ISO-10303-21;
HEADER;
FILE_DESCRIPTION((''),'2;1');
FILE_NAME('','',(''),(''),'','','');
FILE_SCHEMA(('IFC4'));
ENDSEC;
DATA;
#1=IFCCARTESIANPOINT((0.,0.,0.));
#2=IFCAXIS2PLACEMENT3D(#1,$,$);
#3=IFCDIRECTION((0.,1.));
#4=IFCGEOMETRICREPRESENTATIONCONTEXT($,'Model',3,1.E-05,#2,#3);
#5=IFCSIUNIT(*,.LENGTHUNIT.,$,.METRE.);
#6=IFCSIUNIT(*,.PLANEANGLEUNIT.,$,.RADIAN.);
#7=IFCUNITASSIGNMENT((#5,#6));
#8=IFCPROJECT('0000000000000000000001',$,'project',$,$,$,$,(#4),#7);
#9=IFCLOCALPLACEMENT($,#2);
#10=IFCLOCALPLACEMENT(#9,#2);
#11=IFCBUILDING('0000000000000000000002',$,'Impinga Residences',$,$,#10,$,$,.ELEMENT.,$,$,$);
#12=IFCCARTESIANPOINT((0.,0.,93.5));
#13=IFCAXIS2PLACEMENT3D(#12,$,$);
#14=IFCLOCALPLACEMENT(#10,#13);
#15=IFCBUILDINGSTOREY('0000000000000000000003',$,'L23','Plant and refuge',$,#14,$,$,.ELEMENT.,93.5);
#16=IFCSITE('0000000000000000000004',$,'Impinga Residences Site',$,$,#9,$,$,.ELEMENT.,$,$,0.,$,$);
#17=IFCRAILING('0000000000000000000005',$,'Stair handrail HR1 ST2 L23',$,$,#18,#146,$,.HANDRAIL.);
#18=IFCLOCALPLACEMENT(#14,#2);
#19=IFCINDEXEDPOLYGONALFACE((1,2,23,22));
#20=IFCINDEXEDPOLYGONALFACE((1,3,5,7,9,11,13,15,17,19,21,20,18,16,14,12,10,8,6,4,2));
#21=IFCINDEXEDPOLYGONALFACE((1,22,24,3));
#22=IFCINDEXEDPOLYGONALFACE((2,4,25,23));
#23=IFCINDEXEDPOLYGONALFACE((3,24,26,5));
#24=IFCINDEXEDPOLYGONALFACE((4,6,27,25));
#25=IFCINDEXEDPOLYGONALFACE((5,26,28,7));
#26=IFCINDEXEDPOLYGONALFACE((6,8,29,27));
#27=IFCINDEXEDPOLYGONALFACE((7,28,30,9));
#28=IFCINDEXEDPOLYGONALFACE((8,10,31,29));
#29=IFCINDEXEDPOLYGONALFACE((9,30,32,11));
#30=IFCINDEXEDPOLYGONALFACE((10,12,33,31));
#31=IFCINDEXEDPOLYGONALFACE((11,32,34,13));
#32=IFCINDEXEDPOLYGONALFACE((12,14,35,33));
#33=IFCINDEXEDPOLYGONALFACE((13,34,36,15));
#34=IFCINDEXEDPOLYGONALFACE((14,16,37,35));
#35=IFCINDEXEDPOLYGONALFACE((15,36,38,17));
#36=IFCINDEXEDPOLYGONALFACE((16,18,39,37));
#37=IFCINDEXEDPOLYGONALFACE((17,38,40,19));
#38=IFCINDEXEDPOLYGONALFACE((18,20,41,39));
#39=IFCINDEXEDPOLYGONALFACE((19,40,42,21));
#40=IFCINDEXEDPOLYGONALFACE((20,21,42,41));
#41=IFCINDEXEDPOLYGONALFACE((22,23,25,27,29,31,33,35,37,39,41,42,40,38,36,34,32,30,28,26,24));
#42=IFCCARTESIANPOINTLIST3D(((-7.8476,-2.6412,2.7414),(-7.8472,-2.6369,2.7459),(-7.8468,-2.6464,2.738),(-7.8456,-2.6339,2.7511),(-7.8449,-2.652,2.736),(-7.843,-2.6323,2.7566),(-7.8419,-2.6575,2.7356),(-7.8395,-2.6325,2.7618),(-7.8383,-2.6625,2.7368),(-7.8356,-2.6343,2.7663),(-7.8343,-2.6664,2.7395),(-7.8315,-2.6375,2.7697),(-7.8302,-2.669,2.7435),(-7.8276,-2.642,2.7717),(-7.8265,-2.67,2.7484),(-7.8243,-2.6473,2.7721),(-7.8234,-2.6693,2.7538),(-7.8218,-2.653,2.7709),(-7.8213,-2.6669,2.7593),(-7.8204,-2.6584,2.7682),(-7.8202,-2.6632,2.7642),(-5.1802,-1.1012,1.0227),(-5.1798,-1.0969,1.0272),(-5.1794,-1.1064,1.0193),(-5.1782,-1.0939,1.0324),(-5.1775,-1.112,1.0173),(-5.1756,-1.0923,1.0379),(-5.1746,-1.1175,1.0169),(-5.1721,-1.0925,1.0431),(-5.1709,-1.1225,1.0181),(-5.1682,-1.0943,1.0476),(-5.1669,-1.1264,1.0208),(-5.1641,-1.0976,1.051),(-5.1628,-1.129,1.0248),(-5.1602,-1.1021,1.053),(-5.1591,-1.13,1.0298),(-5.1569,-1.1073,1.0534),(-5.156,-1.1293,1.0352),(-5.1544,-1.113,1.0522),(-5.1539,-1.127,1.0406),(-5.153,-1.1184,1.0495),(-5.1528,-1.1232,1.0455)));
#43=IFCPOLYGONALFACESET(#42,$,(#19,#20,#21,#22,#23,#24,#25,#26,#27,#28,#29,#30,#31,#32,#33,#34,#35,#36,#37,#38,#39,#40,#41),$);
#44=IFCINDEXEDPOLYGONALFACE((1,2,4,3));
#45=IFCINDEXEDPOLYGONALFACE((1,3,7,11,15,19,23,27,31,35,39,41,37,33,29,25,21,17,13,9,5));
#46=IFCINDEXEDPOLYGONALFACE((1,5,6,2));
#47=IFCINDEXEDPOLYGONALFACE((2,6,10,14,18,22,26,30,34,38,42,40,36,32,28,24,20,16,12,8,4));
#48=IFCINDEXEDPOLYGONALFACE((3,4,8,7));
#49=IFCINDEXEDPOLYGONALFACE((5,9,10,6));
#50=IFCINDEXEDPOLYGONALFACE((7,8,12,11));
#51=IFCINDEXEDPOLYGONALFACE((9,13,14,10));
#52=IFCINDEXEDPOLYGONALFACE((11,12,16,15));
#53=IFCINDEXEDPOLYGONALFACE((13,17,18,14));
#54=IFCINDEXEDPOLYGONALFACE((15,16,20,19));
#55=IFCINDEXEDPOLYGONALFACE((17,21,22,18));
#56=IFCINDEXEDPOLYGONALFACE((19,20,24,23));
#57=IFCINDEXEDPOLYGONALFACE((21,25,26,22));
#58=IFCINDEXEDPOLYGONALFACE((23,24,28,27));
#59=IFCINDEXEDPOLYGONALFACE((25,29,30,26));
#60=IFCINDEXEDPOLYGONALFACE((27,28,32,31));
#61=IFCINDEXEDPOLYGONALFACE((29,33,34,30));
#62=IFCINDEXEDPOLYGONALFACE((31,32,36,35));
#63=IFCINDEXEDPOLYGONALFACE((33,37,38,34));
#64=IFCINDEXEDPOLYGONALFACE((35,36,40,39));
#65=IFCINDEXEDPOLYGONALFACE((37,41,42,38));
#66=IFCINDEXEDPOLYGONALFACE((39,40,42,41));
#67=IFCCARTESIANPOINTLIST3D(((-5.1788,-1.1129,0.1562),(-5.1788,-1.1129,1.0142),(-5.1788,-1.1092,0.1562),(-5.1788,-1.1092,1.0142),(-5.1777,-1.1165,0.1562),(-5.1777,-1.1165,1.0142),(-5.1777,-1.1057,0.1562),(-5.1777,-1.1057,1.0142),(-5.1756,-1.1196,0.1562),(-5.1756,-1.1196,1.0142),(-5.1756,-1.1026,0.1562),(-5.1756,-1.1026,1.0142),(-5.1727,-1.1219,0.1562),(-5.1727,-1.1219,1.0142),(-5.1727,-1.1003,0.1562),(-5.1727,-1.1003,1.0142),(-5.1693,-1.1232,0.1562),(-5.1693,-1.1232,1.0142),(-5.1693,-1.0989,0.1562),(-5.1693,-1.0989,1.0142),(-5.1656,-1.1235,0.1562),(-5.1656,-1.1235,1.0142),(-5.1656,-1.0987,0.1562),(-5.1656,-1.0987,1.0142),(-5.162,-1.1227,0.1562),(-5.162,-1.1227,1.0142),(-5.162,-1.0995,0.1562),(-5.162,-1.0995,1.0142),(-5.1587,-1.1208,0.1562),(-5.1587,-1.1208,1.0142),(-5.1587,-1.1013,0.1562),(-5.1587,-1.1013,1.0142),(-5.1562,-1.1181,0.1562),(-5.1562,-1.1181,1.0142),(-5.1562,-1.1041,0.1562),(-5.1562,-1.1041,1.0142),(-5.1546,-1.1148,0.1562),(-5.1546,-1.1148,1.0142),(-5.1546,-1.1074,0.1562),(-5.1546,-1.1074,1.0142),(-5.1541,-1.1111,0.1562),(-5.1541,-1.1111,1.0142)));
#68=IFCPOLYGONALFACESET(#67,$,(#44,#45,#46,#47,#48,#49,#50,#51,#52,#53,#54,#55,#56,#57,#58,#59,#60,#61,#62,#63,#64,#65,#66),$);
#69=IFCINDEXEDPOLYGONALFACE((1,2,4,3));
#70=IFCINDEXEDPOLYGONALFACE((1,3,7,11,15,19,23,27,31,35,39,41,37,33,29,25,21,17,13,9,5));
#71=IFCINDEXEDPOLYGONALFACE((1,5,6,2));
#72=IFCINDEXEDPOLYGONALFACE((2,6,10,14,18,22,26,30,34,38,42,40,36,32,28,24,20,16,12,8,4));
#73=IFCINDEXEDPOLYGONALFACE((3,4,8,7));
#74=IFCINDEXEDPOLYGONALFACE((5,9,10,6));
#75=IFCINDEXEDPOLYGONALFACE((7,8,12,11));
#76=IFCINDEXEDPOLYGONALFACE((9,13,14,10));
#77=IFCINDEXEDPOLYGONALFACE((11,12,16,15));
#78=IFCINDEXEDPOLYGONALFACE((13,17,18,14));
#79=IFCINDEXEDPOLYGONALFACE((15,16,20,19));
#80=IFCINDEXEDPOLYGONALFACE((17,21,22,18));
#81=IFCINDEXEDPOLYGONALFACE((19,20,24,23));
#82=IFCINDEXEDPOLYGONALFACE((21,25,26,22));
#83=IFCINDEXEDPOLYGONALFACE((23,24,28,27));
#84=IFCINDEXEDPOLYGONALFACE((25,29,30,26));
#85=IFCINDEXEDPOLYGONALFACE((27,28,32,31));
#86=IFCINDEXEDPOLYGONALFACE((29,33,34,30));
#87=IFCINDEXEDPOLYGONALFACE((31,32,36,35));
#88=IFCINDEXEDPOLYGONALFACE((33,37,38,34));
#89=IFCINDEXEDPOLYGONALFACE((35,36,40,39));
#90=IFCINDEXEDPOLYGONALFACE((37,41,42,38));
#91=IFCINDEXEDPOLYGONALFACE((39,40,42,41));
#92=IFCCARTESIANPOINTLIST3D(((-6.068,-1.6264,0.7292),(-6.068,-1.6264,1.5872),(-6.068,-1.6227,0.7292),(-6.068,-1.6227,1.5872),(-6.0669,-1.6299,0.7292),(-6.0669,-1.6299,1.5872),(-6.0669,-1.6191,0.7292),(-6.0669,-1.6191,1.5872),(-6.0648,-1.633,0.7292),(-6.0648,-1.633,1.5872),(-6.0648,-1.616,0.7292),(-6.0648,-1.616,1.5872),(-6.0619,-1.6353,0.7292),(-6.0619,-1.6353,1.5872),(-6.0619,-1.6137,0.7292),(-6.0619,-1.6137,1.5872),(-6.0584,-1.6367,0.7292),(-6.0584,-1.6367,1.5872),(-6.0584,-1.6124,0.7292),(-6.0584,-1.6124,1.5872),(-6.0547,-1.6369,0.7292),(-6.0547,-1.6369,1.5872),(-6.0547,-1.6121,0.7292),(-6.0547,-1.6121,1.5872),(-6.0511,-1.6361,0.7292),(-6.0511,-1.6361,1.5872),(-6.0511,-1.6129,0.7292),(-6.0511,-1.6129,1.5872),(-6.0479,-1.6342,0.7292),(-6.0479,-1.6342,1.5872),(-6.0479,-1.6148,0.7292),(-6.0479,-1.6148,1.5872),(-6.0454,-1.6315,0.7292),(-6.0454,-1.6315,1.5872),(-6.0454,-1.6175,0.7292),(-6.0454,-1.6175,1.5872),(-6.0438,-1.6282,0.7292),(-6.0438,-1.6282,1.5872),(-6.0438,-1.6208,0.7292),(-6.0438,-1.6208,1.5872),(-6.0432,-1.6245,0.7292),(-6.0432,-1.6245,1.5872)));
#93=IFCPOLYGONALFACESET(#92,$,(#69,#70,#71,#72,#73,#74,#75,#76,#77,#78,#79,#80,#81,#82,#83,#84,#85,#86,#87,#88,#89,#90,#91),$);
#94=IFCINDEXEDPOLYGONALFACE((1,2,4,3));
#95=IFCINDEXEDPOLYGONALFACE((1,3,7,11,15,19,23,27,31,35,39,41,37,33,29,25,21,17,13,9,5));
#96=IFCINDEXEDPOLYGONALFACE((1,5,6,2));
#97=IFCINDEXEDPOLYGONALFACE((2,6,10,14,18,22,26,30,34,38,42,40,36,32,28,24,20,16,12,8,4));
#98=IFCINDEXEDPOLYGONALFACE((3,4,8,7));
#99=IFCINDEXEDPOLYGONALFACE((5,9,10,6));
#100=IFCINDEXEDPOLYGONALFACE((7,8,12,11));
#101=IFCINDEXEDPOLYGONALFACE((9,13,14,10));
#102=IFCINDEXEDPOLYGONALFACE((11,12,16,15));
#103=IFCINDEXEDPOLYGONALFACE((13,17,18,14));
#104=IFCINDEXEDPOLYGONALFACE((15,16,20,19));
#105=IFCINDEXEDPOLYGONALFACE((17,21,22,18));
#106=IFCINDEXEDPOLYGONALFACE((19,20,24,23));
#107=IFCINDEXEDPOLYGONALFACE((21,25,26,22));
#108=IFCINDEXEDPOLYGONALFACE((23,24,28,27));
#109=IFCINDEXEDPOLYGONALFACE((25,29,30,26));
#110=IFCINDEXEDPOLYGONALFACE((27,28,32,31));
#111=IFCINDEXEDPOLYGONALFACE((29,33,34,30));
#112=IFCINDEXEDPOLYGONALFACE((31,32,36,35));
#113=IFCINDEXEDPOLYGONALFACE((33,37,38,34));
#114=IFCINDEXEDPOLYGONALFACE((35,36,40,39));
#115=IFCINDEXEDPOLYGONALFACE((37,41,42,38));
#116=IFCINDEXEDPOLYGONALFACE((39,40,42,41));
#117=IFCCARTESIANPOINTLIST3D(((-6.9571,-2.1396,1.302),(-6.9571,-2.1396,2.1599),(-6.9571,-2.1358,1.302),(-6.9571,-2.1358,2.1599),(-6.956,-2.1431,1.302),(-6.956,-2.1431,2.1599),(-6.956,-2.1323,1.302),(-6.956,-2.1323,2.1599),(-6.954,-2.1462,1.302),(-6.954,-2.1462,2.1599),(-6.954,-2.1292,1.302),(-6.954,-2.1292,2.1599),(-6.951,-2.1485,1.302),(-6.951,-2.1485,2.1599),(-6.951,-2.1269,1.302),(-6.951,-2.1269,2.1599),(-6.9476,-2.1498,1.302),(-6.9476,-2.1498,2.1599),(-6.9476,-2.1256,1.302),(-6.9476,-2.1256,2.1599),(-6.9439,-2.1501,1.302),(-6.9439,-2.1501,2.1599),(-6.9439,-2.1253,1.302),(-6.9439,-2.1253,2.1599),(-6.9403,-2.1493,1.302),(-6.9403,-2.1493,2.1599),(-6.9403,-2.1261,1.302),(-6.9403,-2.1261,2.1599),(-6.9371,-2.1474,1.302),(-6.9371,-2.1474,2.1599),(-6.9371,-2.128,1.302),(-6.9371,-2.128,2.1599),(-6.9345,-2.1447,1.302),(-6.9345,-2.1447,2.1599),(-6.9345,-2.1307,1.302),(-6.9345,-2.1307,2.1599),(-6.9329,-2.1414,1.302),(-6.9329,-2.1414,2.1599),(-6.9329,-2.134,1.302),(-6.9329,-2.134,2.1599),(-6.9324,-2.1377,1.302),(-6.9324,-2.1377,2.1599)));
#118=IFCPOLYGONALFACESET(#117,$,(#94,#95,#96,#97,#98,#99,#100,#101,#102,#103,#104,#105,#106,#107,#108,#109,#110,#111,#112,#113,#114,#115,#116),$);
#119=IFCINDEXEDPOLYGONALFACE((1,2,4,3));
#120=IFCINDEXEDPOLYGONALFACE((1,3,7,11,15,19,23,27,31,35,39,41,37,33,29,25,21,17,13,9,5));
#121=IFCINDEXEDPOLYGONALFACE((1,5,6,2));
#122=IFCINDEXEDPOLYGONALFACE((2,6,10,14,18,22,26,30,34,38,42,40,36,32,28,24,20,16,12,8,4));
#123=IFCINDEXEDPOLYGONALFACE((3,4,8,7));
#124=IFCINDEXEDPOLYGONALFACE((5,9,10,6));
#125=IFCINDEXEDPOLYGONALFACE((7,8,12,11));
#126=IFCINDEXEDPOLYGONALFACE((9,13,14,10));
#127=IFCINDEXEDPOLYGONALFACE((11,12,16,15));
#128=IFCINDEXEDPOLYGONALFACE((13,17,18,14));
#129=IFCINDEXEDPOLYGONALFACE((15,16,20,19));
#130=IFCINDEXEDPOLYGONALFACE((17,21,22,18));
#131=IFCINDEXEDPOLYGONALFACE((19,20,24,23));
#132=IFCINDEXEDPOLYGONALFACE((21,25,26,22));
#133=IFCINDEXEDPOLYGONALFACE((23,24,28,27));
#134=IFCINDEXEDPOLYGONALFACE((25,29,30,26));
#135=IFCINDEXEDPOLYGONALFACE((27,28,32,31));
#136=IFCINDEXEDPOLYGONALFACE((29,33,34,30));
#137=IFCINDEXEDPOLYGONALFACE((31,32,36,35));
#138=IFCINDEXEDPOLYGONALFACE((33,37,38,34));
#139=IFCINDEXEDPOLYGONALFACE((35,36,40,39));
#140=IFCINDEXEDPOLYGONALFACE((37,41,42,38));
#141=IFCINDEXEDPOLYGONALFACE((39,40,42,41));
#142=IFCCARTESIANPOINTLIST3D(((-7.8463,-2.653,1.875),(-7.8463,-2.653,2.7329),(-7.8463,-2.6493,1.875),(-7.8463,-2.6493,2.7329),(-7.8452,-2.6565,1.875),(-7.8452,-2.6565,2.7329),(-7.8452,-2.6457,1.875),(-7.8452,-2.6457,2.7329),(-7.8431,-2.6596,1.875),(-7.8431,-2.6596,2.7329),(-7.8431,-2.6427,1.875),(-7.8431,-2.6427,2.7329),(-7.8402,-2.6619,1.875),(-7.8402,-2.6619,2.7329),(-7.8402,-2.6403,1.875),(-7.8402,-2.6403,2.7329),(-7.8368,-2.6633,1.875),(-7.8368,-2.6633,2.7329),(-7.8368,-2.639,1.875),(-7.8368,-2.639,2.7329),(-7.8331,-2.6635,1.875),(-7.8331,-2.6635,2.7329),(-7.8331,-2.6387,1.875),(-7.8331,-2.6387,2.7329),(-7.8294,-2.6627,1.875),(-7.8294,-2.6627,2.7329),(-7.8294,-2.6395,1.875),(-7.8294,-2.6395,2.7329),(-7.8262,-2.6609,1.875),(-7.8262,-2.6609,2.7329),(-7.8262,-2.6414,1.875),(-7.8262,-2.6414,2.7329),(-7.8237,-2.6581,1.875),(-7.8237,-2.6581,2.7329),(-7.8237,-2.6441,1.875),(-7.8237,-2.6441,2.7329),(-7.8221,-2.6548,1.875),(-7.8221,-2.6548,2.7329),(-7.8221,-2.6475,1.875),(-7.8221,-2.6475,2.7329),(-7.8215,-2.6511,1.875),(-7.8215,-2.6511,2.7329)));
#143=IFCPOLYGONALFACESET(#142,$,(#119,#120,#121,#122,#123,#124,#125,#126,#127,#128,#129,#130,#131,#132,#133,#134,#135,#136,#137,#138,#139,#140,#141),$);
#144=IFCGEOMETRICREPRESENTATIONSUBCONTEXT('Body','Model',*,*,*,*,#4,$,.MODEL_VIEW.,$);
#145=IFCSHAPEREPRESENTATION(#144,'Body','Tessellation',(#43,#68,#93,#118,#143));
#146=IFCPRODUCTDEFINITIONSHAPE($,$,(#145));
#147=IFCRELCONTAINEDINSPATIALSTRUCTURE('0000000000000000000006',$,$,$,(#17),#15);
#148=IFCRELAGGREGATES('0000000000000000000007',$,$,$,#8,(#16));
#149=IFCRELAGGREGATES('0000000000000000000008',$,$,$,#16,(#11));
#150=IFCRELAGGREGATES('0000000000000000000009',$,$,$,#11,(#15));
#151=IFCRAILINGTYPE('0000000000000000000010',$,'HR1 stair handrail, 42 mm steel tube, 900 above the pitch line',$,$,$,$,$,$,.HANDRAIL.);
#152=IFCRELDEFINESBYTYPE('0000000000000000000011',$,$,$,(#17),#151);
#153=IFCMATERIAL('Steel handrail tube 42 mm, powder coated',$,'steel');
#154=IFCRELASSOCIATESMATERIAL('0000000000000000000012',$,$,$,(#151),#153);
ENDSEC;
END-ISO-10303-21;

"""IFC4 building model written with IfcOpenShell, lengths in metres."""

from ifc_helpers import new_model, si_unit, direction, frame, origin, origin_2d, place, context, subcontext, project, spatial, circle, extrude, material, type_object, element, save


model = new_model("IFC4")

# Units and contexts
model_context = context("Model", 3, precision=1e-05, world=origin(), true_north=direction((0.0, 1.0)))
body_context = subcontext(model_context, "Body", "Model", "MODEL_VIEW")
ifc_project = project(units=[si_unit("LENGTHUNIT", "METRE"), si_unit("PLANEANGLEUNIT", "RADIAN")], contexts=[model_context])

# Site, building, storey
site_placement = place(None, origin())
site = spatial("IfcSite", under=ifc_project, at=site_placement, Name="Impinga Residences Site", CompositionType="ELEMENT", RefElevation=0.0)
building_placement = place(site_placement, origin())
building = spatial("IfcBuilding", under=site, at=building_placement, Name="Impinga Residences", CompositionType="ELEMENT")
storey_placement = place(building_placement, frame((0.0, 0.0, 93.5)))
storey = spatial("IfcBuildingStorey", under=building, at=storey_placement, Name="L23", Description="Plant and refuge", CompositionType="ELEMENT", Elevation=93.5)

# Railing
ifc_material_1 = material(Name="Steel handrail tube 42 mm, powder coated", Category="steel")
railing_type_1 = type_object("IfcRailingType", Name="HR1 stair handrail, 42 mm steel tube, 900 above the pitch line", PredefinedType="HANDRAIL", material=ifc_material_1)
for number, where, name in (
    (1, (-5.1665, -1.1111, 0.1562), "Stair handrail HR1 ST2 L23"),
):
    element("IfcRailing", number, at=place(storey_placement, frame(where)), inside=storey, type_object=railing_type_1, Name=name, PredefinedType="HANDRAIL", context=body_context, shape_type="SweptSolid", body=[
        extrude(circle(Radius=0.021, at=origin_2d()), frame((0.0, 0.0, 0.8789), z_axis=(-0.756256, -0.436616, 0.487282), x_axis=(0.499992, -0.86603, 0.0)), (0.0, 0.0, 1.0), 3.5271),
        extrude(circle(Radius=0.0125, at=origin_2d()), origin(), (0.0, 0.0, 1.0), 0.8579),
        extrude(circle(Radius=0.0125, at=origin_2d()), frame((-0.8892, -0.5134, 0.573)), (0.0, 0.0, 1.0), 0.8579),
        extrude(circle(Radius=0.0125, at=origin_2d()), frame((-1.7783, -1.0266, 1.1458)), (0.0, 0.0, 1.0), 0.8579),
        extrude(circle(Radius=0.0125, at=origin_2d()), frame((-2.6675, -1.54, 1.7188)), (0.0, 0.0, 1.0), 0.8579),
    ])

save(model, "model.ifc")
